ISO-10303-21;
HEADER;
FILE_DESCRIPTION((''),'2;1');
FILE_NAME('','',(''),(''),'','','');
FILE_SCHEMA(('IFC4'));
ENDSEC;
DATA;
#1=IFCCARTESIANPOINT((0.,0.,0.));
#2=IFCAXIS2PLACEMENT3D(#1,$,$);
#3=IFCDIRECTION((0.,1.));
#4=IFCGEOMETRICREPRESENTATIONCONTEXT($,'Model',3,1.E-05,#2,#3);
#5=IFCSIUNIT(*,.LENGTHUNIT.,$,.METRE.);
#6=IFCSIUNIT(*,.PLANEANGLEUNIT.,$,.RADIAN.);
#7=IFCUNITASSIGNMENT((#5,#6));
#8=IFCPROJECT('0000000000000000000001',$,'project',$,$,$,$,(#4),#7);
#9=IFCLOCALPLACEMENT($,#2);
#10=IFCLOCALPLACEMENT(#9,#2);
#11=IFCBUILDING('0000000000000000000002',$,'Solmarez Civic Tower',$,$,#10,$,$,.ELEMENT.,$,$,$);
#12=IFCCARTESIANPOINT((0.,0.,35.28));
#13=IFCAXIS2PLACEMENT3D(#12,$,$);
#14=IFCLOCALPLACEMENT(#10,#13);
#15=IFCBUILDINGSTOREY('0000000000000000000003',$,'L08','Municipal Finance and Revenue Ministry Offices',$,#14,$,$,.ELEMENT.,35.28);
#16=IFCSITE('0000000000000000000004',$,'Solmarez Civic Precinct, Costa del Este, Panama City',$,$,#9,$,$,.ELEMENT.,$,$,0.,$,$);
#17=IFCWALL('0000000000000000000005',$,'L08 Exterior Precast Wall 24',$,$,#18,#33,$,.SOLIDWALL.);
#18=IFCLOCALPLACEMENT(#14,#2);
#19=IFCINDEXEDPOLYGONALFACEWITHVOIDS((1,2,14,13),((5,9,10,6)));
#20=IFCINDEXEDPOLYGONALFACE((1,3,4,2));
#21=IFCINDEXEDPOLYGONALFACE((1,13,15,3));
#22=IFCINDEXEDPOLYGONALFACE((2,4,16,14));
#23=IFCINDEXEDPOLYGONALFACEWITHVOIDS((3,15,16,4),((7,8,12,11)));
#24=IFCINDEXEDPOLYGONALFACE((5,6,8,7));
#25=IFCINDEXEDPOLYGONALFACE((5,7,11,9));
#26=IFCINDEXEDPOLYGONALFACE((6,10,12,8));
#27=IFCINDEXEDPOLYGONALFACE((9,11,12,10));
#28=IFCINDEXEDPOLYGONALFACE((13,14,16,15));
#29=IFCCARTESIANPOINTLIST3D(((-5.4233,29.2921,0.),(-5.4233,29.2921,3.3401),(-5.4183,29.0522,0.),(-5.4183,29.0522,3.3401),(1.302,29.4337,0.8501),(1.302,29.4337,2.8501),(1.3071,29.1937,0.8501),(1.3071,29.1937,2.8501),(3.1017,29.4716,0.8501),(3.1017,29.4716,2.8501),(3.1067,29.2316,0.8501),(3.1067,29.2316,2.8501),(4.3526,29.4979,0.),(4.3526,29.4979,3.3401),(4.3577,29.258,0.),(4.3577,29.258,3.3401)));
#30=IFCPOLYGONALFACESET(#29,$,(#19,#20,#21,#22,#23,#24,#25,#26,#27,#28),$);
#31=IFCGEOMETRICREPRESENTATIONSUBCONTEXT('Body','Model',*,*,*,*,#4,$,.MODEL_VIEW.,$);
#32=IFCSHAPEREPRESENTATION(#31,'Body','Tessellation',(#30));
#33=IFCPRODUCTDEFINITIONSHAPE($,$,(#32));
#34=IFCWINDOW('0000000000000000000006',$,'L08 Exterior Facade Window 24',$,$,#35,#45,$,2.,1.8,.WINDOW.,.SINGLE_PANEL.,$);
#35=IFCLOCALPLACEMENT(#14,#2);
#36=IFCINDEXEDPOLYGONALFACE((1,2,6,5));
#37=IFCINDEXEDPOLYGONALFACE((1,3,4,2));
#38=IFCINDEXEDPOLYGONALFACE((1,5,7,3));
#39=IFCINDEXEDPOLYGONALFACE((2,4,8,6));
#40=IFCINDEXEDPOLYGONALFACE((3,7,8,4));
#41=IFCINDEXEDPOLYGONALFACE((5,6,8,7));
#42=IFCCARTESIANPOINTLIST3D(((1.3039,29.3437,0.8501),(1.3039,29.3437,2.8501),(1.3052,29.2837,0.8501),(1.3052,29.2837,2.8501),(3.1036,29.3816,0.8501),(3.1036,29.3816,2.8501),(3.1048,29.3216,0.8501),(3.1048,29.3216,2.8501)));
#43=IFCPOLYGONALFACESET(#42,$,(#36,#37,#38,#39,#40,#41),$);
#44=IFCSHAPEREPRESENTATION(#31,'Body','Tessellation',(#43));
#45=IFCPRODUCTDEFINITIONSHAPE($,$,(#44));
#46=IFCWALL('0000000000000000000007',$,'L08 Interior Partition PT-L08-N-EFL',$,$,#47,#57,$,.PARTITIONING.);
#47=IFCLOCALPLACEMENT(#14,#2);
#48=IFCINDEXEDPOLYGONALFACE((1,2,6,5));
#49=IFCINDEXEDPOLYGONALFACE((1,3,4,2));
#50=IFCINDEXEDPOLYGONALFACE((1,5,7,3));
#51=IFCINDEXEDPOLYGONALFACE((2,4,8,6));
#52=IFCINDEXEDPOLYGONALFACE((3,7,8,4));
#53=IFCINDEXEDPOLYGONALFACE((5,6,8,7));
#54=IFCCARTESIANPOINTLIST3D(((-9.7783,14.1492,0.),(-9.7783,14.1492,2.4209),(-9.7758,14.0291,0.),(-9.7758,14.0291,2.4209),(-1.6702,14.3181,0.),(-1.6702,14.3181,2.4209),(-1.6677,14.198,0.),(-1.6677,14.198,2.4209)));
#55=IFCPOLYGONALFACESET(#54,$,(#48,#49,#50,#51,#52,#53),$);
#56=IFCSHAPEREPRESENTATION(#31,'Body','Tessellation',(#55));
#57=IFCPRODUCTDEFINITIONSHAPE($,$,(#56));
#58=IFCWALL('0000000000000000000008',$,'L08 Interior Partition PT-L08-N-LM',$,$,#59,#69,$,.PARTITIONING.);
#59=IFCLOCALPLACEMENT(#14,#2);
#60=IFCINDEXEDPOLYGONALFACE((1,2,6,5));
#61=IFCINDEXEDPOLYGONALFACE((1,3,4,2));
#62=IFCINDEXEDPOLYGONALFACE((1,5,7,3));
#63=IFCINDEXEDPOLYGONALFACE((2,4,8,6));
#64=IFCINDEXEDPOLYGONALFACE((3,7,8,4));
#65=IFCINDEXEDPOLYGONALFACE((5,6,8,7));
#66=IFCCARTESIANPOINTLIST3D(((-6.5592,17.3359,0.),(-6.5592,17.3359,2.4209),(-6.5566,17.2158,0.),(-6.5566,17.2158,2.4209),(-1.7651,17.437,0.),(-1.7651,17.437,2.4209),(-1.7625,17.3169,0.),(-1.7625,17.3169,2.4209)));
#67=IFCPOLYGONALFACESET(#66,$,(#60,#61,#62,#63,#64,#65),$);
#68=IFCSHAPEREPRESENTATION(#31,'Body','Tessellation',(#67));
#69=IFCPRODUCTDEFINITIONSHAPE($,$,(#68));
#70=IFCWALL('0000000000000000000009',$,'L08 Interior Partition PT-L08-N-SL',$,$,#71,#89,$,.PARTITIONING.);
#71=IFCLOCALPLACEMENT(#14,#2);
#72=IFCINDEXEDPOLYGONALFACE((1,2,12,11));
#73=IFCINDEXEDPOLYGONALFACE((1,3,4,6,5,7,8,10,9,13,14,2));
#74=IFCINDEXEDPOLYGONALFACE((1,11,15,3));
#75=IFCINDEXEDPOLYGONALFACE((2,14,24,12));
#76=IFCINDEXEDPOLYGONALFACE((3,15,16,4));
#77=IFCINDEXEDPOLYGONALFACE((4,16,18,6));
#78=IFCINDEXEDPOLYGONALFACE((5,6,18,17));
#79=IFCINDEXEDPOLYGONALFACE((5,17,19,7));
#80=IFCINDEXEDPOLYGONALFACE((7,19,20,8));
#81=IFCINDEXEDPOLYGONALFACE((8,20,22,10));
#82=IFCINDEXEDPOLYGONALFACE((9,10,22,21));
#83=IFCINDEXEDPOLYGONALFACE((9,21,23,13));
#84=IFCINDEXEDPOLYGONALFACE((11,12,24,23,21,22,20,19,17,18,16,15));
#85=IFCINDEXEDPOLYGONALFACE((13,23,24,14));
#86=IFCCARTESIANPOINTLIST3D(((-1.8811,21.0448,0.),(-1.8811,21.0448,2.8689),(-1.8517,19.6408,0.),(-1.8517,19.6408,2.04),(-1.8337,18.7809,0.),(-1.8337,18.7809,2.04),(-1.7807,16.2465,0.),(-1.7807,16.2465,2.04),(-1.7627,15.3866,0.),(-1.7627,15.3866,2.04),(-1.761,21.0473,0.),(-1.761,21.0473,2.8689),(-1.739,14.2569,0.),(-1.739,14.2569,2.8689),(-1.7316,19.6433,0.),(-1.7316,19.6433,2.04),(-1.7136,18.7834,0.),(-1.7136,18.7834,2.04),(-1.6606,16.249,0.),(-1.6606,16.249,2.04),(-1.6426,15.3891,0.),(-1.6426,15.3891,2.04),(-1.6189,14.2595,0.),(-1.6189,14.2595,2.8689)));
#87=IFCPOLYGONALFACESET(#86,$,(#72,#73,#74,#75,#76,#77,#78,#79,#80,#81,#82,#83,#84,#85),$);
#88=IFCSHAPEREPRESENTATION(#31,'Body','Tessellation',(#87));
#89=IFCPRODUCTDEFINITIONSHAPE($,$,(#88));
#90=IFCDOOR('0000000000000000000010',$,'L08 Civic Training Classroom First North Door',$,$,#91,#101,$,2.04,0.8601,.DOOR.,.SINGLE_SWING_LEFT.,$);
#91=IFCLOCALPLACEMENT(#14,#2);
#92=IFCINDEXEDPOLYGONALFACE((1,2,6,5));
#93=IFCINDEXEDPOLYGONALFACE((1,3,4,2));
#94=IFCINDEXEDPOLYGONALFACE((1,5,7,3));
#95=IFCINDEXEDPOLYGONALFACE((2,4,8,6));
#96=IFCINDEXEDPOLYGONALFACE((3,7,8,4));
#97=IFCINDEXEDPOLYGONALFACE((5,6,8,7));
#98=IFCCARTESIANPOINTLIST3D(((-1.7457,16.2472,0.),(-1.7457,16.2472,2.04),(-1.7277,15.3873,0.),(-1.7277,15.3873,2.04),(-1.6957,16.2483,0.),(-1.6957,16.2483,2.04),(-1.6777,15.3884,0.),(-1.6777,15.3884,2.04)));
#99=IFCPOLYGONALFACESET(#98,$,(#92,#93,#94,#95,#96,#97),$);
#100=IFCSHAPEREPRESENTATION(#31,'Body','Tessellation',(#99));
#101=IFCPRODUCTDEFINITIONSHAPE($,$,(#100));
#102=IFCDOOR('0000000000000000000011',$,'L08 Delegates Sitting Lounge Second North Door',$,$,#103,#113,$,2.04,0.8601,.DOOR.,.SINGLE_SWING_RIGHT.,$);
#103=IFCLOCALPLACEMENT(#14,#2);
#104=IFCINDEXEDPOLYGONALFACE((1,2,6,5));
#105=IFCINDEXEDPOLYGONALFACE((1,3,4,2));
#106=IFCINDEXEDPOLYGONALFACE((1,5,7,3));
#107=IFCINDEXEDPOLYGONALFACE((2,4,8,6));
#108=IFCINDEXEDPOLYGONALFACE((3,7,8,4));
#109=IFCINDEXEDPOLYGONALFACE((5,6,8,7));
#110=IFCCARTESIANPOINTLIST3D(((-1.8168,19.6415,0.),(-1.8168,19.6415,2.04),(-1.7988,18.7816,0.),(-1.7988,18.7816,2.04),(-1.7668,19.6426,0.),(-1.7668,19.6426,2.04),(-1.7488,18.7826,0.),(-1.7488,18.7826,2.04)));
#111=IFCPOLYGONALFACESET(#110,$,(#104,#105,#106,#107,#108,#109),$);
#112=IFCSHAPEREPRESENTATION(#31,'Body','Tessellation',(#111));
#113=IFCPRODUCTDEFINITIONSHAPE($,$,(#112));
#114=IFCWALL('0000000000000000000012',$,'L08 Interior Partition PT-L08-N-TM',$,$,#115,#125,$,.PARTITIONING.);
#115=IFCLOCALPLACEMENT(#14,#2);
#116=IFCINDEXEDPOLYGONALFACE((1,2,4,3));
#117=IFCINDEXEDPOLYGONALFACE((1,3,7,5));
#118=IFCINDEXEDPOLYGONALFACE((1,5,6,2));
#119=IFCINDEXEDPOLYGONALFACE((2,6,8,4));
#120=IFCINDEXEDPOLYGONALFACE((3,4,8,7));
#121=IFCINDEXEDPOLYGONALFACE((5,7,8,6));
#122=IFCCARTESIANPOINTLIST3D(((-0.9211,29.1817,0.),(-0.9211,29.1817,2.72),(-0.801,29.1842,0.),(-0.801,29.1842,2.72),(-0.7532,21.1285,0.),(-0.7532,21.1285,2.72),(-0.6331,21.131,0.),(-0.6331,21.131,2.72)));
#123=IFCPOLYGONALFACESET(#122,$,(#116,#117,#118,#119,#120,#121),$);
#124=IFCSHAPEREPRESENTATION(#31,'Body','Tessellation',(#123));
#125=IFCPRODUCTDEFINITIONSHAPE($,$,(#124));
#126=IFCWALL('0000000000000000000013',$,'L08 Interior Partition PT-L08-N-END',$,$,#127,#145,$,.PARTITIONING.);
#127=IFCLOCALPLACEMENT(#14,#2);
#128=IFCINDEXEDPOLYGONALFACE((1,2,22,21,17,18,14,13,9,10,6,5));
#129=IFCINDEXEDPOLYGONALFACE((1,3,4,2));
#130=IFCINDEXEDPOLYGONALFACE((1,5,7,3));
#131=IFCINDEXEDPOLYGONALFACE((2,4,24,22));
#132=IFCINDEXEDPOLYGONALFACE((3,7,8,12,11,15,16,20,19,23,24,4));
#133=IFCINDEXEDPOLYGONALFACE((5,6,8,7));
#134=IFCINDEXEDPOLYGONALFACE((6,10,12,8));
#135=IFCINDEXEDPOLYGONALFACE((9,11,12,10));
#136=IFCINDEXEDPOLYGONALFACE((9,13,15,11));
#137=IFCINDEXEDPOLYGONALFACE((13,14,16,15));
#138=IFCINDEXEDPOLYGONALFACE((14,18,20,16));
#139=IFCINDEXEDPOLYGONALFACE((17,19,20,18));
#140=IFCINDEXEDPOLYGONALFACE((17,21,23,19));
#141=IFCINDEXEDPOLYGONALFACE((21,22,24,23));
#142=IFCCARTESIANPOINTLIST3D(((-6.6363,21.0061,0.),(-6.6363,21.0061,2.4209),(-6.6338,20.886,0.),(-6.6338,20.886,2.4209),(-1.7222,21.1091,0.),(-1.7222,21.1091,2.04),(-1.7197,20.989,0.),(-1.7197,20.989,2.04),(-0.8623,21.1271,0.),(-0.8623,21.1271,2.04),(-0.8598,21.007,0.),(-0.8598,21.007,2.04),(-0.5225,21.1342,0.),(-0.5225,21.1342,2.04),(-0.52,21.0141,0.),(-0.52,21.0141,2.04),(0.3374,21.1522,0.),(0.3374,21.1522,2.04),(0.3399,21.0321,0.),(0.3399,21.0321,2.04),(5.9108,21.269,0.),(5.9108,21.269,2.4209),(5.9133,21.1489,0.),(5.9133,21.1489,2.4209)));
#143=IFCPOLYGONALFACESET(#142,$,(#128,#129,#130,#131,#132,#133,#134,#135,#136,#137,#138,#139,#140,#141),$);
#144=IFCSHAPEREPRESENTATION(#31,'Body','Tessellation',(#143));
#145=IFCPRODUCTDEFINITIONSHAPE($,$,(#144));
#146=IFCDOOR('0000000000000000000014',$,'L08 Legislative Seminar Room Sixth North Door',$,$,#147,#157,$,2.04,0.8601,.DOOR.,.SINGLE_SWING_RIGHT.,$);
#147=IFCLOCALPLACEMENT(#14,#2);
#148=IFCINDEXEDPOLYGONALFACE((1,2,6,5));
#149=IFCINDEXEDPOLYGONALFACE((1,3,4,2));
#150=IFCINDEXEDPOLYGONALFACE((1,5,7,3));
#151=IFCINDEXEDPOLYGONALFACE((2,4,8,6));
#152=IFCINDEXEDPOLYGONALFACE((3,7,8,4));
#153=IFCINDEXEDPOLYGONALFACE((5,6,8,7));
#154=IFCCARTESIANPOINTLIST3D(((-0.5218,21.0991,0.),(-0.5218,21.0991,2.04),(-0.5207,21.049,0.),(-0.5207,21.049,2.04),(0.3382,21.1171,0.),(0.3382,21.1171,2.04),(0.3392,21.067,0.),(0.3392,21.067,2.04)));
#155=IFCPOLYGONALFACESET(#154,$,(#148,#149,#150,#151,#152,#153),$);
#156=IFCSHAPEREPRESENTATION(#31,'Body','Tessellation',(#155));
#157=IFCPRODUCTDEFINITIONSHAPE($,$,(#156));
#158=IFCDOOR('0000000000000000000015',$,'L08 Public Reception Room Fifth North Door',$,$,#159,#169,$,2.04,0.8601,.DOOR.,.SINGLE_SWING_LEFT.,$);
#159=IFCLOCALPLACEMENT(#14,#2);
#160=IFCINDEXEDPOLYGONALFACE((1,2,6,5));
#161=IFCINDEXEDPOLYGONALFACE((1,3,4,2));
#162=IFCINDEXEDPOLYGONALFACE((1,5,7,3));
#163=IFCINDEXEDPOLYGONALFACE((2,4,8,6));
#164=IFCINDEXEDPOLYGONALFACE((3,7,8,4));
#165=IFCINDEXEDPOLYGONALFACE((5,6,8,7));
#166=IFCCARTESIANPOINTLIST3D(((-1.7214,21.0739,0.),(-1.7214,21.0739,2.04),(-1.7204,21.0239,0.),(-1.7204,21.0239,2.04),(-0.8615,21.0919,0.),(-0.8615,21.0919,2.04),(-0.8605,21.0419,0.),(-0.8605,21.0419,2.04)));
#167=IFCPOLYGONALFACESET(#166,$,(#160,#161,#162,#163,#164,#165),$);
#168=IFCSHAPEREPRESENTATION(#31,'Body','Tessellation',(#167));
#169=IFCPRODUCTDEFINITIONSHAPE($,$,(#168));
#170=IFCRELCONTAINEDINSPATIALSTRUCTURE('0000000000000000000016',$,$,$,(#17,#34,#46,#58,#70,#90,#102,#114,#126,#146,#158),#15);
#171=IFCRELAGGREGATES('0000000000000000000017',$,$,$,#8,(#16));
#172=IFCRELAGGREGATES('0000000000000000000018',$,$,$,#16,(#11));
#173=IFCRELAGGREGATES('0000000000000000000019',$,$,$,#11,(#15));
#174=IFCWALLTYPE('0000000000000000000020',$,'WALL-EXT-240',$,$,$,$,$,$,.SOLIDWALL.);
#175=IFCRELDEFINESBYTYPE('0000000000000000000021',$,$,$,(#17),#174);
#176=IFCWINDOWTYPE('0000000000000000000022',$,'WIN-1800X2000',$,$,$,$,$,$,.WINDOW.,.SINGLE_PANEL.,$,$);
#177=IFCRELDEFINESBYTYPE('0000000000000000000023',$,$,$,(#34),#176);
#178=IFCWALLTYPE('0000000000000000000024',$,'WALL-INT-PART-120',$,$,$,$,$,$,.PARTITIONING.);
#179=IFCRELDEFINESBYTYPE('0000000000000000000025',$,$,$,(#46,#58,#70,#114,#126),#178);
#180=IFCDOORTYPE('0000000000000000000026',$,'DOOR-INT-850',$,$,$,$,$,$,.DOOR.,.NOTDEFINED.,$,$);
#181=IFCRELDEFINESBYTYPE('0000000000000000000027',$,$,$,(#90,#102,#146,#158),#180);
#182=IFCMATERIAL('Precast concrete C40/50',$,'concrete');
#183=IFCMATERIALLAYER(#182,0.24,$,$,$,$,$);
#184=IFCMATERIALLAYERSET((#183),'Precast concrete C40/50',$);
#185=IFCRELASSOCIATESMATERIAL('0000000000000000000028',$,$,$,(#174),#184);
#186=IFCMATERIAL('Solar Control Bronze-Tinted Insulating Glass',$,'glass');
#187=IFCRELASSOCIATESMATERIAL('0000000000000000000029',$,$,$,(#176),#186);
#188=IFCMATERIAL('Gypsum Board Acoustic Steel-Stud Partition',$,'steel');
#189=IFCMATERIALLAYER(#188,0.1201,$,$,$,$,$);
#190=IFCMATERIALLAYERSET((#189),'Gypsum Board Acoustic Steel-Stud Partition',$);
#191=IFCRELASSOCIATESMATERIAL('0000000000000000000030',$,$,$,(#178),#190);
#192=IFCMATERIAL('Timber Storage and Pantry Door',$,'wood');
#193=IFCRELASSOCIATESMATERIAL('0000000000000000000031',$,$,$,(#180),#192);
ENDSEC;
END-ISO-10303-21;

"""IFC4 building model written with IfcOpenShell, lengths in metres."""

from ifc_helpers import new_model, si_unit, direction, frame, frame_2d, origin, place, context, subcontext, project, spatial, rectangle, extrude, material, layer, layer_set, type_object, element, fill, save


model = new_model("IFC4")

# Units and contexts
model_context = context("Model", 3, precision=1e-05, world=origin(), true_north=direction((0.0, 1.0)))
body_context = subcontext(model_context, "Body", "Model", "MODEL_VIEW")
ifc_project = project(units=[si_unit("LENGTHUNIT", "METRE"), si_unit("PLANEANGLEUNIT", "RADIAN")], contexts=[model_context])

# Site, building, storey
site_placement = place(None, origin())
site = spatial("IfcSite", under=ifc_project, at=site_placement, Name="Solmarez Civic Precinct, Costa del Este, Panama City", CompositionType="ELEMENT", RefElevation=0.0)
building_placement = place(site_placement, origin())
building = spatial("IfcBuilding", under=site, at=building_placement, Name="Solmarez Civic Tower", CompositionType="ELEMENT")
storey_placement = place(building_placement, frame((0.0, 0.0, 35.28)))
storey = spatial("IfcBuildingStorey", under=building, at=storey_placement, Name="L08", Description="Municipal Finance and Revenue Ministry Offices", CompositionType="ELEMENT", Elevation=35.28)

# Shared definitions
ifc_material_1 = material(Name="Precast concrete C40/50", Category="concrete")
ifc_layer_1 = layer(ifc_material_1, 0.24)
ifc_layer_set_1 = layer_set([ifc_layer_1], Name="Precast concrete C40/50")
wall_type_1 = type_object("IfcWallType", Name="WALL-EXT-240", PredefinedType="SOLIDWALL", material=ifc_layer_set_1)
ifc_material_2 = material(Name="Solar Control Bronze-Tinted Insulating Glass", Category="glass")

# Wall, opening, window
wall_1_placement = place(storey_placement, frame((-5.4209, 29.1721, 0.0), z_axis=(0.0, 0.0, 1.0), x_axis=(0.999778, 0.021048, 0.0)))
wall_1 = element("IfcWall", 1, at=wall_1_placement, inside=storey, type_object=wall_type_1, Name="L08 Exterior Precast Wall 24", PredefinedType="SOLIDWALL", context=body_context, shape_type="SweptSolid", body=[
    extrude(rectangle(XDim=9.7781, YDim=0.24, at=frame_2d((4.8892, 0.0))), origin(), (0.0, 0.0, 1.0), 3.3401),
])
opening_1_placement = place(wall_1_placement, frame((6.7271, 0.0, 0.8501)))
opening_1 = element("IfcOpeningElement", 2, at=opening_1_placement, cuts=wall_1, PredefinedType="OPENING", context=body_context, shape_type="SweptSolid", body=[
    extrude(rectangle(XDim=1.8, YDim=2.0, at=frame_2d((0.8999, 1.0))), frame((0.0, 0.1299, 0.0), z_axis=(0.0, -1.0, 0.0), x_axis=(1.0, 0.0, 0.0)), (0.0, 0.0, 1.0), 0.26),
])
window_type_1 = type_object("IfcWindowType", Name="WIN-1800X2000", PartitioningType="SINGLE_PANEL", PredefinedType="WINDOW", material=ifc_material_2)
window_1_placement = place(opening_1_placement, origin())
window_1 = element("IfcWindow", 3, at=window_1_placement, inside=storey, type_object=window_type_1, Name="L08 Exterior Facade Window 24", OverallHeight=2.0, OverallWidth=1.8, PartitioningType="SINGLE_PANEL", PredefinedType="WINDOW", context=body_context, shape_type="SweptSolid", body=[
    extrude(rectangle(XDim=1.8, YDim=2.0, at=frame_2d((0.8999, 1.0))), frame((0.0, 0.03, 0.0), z_axis=(0.0, -1.0, 0.0), x_axis=(1.0, 0.0, 0.0)), (0.0, 0.0, 1.0), 0.0601),
])
fill(opening_1, window_1)

# Walls
ifc_material_3 = material(Name="Gypsum Board Acoustic Steel-Stud Partition", Category="steel")
ifc_layer_2 = layer(ifc_material_3, 0.1201)
ifc_layer_set_2 = layer_set([ifc_layer_2], Name="Gypsum Board Acoustic Steel-Stud Partition")
wall_type_2 = type_object("IfcWallType", Name="WALL-INT-PART-120", PredefinedType="PARTITIONING", material=ifc_layer_set_2)
wall_2_placement = place(storey_placement, frame((-1.6689, 14.2581, 0.0), z_axis=(0.0, 0.0, 1.0), x_axis=(-0.999783, -0.020832, 0.0)))
element("IfcWall", 4, at=wall_2_placement, inside=storey, type_object=wall_type_2, Name="L08 Interior Partition PT-L08-N-EFL", PredefinedType="PARTITIONING", context=body_context, shape_type="SweptSolid", body=[
    extrude(rectangle(XDim=8.1099, YDim=0.1201, at=frame_2d((4.0549, 0.0))), origin(), (0.0, 0.0, 1.0), 2.4209),
])
wall_3_placement = place(storey_placement, frame((-1.7639, 17.377, 0.0), z_axis=(0.0, 0.0, 1.0), x_axis=(-0.999778, -0.021078, 0.0)))
element("IfcWall", 5, at=wall_3_placement, inside=storey, type_object=wall_type_2, Name="L08 Interior Partition PT-L08-N-LM", PredefinedType="PARTITIONING", context=body_context, shape_type="SweptSolid", body=[
    extrude(rectangle(XDim=4.7952, YDim=0.1201, at=frame_2d((2.3975, 0.0))), origin(), (0.0, 0.0, 1.0), 2.4209),
])

# Wall, openings, doors
wall_4_placement = place(storey_placement, frame((-1.821, 21.0459, 0.0), z_axis=(0.0, 0.0, 1.0), x_axis=(0.020928, -0.999781, 0.0)))
wall_4 = element("IfcWall", 6, at=wall_4_placement, inside=storey, type_object=wall_type_2, Name="L08 Interior Partition PT-L08-N-SL", PredefinedType="PARTITIONING", context=body_context, shape_type="SweptSolid", body=[
    extrude(rectangle(XDim=6.7893, YDim=0.1201, at=frame_2d((3.3945, 0.0))), origin(), (0.0, 0.0, 1.0), 2.8689),
])
opening_2_placement = place(wall_4_placement, frame((4.7991, 0.0, 0.0)))
opening_2 = element("IfcOpeningElement", 7, at=opening_2_placement, cuts=wall_4, PredefinedType="OPENING", context=body_context, shape_type="SweptSolid", body=[
    extrude(rectangle(XDim=0.8601, YDim=2.04, at=frame_2d((0.4302, 1.02))), frame((0.0, 0.0701, 0.0), z_axis=(0.0, -1.0, 0.0), x_axis=(1.0, 0.0, 0.0)), (0.0, 0.0, 1.0), 0.1401),
])
opening_3_placement = place(wall_4_placement, frame((1.4041, 0.0, 0.0)))
opening_3 = element("IfcOpeningElement", 8, at=opening_3_placement, cuts=wall_4, PredefinedType="OPENING", context=body_context, shape_type="SweptSolid", body=[
    extrude(rectangle(XDim=0.8601, YDim=2.04, at=frame_2d((0.4302, 1.02))), frame((0.0, 0.0701, 0.0), z_axis=(0.0, -1.0, 0.0), x_axis=(1.0, 0.0, 0.0)), (0.0, 0.0, 1.0), 0.1401),
])
ifc_material_4 = material(Name="Timber Storage and Pantry Door", Category="wood")
door_type = type_object("IfcDoorType", Name="DOOR-INT-850", OperationType="NOTDEFINED", PredefinedType="DOOR", material=ifc_material_4)
door_1_placement = place(opening_2_placement, origin())
door_1 = element("IfcDoor", 9, at=door_1_placement, inside=storey, type_object=door_type, Name="L08 Civic Training Classroom First North Door", OperationType="SINGLE_SWING_LEFT", OverallHeight=2.04, OverallWidth=0.8601, PredefinedType="DOOR", context=body_context, shape_type="SweptSolid", body=[
    extrude(rectangle(XDim=0.8601, YDim=2.04, at=frame_2d((0.4302, 1.02))), frame((0.0, 0.0249, 0.0), z_axis=(0.0, -1.0, 0.0), x_axis=(1.0, 0.0, 0.0)), (0.0, 0.0, 1.0), 0.05),
])
fill(opening_2, door_1)
door_2_placement = place(opening_3_placement, origin())
door_2 = element("IfcDoor", 10, at=door_2_placement, inside=storey, type_object=door_type, Name="L08 Delegates Sitting Lounge Second North Door", OperationType="SINGLE_SWING_RIGHT", OverallHeight=2.04, OverallWidth=0.8601, PredefinedType="DOOR", context=body_context, shape_type="SweptSolid", body=[
    extrude(rectangle(XDim=0.8601, YDim=2.04, at=frame_2d((0.4302, 1.02))), frame((0.0, 0.0249, 0.0), z_axis=(0.0, -1.0, 0.0), x_axis=(1.0, 0.0, 0.0)), (0.0, 0.0, 1.0), 0.05),
])
fill(opening_3, door_2)

# Wall
wall_5_placement = place(storey_placement, frame((-0.6931, 21.1299, 0.0), z_axis=(0.0, 0.0, 1.0), x_axis=(-0.020853, 0.999783, 0.0)))
element("IfcWall", 11, at=wall_5_placement, inside=storey, type_object=wall_type_2, Name="L08 Interior Partition PT-L08-N-TM", PredefinedType="PARTITIONING", context=body_context, shape_type="SweptSolid", body=[
    extrude(rectangle(XDim=8.0549, YDim=0.1201, at=frame_2d((4.0273, 0.0))), origin(), (0.0, 0.0, 1.0), 2.72),
])

# Wall, openings, doors
wall_6_placement = place(storey_placement, frame((-6.635, 20.946, 0.0), z_axis=(0.0, 0.0, 1.0), x_axis=(0.99978, 0.020952, 0.0)))
wall_6 = element("IfcWall", 12, at=wall_6_placement, inside=storey, type_object=wall_type_2, Name="L08 Interior Partition PT-L08-N-END", PredefinedType="PARTITIONING", context=body_context, shape_type="SweptSolid", body=[
    extrude(rectangle(XDim=12.5498, YDim=0.1201, at=frame_2d((6.2749, 0.0))), origin(), (0.0, 0.0, 1.0), 2.4209),
])
opening_4_placement = place(wall_6_placement, frame((6.115, 0.0, 0.0)))
opening_4 = element("IfcOpeningElement", 13, at=opening_4_placement, cuts=wall_6, PredefinedType="OPENING", context=body_context, shape_type="SweptSolid", body=[
    extrude(rectangle(XDim=0.8601, YDim=2.04, at=frame_2d((0.4302, 1.02))), frame((0.0, 0.0701, 0.0), z_axis=(0.0, -1.0, 0.0), x_axis=(1.0, 0.0, 0.0)), (0.0, 0.0, 1.0), 0.1401),
])
opening_5_placement = place(wall_6_placement, frame((4.915, 0.0, 0.0)))
opening_5 = element("IfcOpeningElement", 14, at=opening_5_placement, cuts=wall_6, PredefinedType="OPENING", context=body_context, shape_type="SweptSolid", body=[
    extrude(rectangle(XDim=0.8601, YDim=2.04, at=frame_2d((0.4302, 1.02))), frame((0.0, 0.0701, 0.0), z_axis=(0.0, -1.0, 0.0), x_axis=(1.0, 0.0, 0.0)), (0.0, 0.0, 1.0), 0.1401),
])
door_3_placement = place(opening_4_placement, origin())
door_3 = element("IfcDoor", 15, at=door_3_placement, inside=storey, type_object=door_type, Name="L08 Legislative Seminar Room Sixth North Door", OperationType="SINGLE_SWING_RIGHT", OverallHeight=2.04, OverallWidth=0.8601, PredefinedType="DOOR", context=body_context, shape_type="SweptSolid", body=[
    extrude(rectangle(XDim=0.8601, YDim=2.04, at=frame_2d((0.4302, 1.02))), frame((0.0, 0.0249, 0.0), z_axis=(0.0, -1.0, 0.0), x_axis=(1.0, 0.0, 0.0)), (0.0, 0.0, 1.0), 0.05),
])
fill(opening_4, door_3)
door_4_placement = place(opening_5_placement, origin())
door_4 = element("IfcDoor", 16, at=door_4_placement, inside=storey, type_object=door_type, Name="L08 Public Reception Room Fifth North Door", OperationType="SINGLE_SWING_LEFT", OverallHeight=2.04, OverallWidth=0.8601, PredefinedType="DOOR", context=body_context, shape_type="SweptSolid", body=[
    extrude(rectangle(XDim=0.8601, YDim=2.04, at=frame_2d((0.4302, 1.02))), frame((0.0, 0.0249, 0.0), z_axis=(0.0, -1.0, 0.0), x_axis=(1.0, 0.0, 0.0)), (0.0, 0.0, 1.0), 0.05),
])
fill(opening_5, door_4)

save(model, "model.ifc")
